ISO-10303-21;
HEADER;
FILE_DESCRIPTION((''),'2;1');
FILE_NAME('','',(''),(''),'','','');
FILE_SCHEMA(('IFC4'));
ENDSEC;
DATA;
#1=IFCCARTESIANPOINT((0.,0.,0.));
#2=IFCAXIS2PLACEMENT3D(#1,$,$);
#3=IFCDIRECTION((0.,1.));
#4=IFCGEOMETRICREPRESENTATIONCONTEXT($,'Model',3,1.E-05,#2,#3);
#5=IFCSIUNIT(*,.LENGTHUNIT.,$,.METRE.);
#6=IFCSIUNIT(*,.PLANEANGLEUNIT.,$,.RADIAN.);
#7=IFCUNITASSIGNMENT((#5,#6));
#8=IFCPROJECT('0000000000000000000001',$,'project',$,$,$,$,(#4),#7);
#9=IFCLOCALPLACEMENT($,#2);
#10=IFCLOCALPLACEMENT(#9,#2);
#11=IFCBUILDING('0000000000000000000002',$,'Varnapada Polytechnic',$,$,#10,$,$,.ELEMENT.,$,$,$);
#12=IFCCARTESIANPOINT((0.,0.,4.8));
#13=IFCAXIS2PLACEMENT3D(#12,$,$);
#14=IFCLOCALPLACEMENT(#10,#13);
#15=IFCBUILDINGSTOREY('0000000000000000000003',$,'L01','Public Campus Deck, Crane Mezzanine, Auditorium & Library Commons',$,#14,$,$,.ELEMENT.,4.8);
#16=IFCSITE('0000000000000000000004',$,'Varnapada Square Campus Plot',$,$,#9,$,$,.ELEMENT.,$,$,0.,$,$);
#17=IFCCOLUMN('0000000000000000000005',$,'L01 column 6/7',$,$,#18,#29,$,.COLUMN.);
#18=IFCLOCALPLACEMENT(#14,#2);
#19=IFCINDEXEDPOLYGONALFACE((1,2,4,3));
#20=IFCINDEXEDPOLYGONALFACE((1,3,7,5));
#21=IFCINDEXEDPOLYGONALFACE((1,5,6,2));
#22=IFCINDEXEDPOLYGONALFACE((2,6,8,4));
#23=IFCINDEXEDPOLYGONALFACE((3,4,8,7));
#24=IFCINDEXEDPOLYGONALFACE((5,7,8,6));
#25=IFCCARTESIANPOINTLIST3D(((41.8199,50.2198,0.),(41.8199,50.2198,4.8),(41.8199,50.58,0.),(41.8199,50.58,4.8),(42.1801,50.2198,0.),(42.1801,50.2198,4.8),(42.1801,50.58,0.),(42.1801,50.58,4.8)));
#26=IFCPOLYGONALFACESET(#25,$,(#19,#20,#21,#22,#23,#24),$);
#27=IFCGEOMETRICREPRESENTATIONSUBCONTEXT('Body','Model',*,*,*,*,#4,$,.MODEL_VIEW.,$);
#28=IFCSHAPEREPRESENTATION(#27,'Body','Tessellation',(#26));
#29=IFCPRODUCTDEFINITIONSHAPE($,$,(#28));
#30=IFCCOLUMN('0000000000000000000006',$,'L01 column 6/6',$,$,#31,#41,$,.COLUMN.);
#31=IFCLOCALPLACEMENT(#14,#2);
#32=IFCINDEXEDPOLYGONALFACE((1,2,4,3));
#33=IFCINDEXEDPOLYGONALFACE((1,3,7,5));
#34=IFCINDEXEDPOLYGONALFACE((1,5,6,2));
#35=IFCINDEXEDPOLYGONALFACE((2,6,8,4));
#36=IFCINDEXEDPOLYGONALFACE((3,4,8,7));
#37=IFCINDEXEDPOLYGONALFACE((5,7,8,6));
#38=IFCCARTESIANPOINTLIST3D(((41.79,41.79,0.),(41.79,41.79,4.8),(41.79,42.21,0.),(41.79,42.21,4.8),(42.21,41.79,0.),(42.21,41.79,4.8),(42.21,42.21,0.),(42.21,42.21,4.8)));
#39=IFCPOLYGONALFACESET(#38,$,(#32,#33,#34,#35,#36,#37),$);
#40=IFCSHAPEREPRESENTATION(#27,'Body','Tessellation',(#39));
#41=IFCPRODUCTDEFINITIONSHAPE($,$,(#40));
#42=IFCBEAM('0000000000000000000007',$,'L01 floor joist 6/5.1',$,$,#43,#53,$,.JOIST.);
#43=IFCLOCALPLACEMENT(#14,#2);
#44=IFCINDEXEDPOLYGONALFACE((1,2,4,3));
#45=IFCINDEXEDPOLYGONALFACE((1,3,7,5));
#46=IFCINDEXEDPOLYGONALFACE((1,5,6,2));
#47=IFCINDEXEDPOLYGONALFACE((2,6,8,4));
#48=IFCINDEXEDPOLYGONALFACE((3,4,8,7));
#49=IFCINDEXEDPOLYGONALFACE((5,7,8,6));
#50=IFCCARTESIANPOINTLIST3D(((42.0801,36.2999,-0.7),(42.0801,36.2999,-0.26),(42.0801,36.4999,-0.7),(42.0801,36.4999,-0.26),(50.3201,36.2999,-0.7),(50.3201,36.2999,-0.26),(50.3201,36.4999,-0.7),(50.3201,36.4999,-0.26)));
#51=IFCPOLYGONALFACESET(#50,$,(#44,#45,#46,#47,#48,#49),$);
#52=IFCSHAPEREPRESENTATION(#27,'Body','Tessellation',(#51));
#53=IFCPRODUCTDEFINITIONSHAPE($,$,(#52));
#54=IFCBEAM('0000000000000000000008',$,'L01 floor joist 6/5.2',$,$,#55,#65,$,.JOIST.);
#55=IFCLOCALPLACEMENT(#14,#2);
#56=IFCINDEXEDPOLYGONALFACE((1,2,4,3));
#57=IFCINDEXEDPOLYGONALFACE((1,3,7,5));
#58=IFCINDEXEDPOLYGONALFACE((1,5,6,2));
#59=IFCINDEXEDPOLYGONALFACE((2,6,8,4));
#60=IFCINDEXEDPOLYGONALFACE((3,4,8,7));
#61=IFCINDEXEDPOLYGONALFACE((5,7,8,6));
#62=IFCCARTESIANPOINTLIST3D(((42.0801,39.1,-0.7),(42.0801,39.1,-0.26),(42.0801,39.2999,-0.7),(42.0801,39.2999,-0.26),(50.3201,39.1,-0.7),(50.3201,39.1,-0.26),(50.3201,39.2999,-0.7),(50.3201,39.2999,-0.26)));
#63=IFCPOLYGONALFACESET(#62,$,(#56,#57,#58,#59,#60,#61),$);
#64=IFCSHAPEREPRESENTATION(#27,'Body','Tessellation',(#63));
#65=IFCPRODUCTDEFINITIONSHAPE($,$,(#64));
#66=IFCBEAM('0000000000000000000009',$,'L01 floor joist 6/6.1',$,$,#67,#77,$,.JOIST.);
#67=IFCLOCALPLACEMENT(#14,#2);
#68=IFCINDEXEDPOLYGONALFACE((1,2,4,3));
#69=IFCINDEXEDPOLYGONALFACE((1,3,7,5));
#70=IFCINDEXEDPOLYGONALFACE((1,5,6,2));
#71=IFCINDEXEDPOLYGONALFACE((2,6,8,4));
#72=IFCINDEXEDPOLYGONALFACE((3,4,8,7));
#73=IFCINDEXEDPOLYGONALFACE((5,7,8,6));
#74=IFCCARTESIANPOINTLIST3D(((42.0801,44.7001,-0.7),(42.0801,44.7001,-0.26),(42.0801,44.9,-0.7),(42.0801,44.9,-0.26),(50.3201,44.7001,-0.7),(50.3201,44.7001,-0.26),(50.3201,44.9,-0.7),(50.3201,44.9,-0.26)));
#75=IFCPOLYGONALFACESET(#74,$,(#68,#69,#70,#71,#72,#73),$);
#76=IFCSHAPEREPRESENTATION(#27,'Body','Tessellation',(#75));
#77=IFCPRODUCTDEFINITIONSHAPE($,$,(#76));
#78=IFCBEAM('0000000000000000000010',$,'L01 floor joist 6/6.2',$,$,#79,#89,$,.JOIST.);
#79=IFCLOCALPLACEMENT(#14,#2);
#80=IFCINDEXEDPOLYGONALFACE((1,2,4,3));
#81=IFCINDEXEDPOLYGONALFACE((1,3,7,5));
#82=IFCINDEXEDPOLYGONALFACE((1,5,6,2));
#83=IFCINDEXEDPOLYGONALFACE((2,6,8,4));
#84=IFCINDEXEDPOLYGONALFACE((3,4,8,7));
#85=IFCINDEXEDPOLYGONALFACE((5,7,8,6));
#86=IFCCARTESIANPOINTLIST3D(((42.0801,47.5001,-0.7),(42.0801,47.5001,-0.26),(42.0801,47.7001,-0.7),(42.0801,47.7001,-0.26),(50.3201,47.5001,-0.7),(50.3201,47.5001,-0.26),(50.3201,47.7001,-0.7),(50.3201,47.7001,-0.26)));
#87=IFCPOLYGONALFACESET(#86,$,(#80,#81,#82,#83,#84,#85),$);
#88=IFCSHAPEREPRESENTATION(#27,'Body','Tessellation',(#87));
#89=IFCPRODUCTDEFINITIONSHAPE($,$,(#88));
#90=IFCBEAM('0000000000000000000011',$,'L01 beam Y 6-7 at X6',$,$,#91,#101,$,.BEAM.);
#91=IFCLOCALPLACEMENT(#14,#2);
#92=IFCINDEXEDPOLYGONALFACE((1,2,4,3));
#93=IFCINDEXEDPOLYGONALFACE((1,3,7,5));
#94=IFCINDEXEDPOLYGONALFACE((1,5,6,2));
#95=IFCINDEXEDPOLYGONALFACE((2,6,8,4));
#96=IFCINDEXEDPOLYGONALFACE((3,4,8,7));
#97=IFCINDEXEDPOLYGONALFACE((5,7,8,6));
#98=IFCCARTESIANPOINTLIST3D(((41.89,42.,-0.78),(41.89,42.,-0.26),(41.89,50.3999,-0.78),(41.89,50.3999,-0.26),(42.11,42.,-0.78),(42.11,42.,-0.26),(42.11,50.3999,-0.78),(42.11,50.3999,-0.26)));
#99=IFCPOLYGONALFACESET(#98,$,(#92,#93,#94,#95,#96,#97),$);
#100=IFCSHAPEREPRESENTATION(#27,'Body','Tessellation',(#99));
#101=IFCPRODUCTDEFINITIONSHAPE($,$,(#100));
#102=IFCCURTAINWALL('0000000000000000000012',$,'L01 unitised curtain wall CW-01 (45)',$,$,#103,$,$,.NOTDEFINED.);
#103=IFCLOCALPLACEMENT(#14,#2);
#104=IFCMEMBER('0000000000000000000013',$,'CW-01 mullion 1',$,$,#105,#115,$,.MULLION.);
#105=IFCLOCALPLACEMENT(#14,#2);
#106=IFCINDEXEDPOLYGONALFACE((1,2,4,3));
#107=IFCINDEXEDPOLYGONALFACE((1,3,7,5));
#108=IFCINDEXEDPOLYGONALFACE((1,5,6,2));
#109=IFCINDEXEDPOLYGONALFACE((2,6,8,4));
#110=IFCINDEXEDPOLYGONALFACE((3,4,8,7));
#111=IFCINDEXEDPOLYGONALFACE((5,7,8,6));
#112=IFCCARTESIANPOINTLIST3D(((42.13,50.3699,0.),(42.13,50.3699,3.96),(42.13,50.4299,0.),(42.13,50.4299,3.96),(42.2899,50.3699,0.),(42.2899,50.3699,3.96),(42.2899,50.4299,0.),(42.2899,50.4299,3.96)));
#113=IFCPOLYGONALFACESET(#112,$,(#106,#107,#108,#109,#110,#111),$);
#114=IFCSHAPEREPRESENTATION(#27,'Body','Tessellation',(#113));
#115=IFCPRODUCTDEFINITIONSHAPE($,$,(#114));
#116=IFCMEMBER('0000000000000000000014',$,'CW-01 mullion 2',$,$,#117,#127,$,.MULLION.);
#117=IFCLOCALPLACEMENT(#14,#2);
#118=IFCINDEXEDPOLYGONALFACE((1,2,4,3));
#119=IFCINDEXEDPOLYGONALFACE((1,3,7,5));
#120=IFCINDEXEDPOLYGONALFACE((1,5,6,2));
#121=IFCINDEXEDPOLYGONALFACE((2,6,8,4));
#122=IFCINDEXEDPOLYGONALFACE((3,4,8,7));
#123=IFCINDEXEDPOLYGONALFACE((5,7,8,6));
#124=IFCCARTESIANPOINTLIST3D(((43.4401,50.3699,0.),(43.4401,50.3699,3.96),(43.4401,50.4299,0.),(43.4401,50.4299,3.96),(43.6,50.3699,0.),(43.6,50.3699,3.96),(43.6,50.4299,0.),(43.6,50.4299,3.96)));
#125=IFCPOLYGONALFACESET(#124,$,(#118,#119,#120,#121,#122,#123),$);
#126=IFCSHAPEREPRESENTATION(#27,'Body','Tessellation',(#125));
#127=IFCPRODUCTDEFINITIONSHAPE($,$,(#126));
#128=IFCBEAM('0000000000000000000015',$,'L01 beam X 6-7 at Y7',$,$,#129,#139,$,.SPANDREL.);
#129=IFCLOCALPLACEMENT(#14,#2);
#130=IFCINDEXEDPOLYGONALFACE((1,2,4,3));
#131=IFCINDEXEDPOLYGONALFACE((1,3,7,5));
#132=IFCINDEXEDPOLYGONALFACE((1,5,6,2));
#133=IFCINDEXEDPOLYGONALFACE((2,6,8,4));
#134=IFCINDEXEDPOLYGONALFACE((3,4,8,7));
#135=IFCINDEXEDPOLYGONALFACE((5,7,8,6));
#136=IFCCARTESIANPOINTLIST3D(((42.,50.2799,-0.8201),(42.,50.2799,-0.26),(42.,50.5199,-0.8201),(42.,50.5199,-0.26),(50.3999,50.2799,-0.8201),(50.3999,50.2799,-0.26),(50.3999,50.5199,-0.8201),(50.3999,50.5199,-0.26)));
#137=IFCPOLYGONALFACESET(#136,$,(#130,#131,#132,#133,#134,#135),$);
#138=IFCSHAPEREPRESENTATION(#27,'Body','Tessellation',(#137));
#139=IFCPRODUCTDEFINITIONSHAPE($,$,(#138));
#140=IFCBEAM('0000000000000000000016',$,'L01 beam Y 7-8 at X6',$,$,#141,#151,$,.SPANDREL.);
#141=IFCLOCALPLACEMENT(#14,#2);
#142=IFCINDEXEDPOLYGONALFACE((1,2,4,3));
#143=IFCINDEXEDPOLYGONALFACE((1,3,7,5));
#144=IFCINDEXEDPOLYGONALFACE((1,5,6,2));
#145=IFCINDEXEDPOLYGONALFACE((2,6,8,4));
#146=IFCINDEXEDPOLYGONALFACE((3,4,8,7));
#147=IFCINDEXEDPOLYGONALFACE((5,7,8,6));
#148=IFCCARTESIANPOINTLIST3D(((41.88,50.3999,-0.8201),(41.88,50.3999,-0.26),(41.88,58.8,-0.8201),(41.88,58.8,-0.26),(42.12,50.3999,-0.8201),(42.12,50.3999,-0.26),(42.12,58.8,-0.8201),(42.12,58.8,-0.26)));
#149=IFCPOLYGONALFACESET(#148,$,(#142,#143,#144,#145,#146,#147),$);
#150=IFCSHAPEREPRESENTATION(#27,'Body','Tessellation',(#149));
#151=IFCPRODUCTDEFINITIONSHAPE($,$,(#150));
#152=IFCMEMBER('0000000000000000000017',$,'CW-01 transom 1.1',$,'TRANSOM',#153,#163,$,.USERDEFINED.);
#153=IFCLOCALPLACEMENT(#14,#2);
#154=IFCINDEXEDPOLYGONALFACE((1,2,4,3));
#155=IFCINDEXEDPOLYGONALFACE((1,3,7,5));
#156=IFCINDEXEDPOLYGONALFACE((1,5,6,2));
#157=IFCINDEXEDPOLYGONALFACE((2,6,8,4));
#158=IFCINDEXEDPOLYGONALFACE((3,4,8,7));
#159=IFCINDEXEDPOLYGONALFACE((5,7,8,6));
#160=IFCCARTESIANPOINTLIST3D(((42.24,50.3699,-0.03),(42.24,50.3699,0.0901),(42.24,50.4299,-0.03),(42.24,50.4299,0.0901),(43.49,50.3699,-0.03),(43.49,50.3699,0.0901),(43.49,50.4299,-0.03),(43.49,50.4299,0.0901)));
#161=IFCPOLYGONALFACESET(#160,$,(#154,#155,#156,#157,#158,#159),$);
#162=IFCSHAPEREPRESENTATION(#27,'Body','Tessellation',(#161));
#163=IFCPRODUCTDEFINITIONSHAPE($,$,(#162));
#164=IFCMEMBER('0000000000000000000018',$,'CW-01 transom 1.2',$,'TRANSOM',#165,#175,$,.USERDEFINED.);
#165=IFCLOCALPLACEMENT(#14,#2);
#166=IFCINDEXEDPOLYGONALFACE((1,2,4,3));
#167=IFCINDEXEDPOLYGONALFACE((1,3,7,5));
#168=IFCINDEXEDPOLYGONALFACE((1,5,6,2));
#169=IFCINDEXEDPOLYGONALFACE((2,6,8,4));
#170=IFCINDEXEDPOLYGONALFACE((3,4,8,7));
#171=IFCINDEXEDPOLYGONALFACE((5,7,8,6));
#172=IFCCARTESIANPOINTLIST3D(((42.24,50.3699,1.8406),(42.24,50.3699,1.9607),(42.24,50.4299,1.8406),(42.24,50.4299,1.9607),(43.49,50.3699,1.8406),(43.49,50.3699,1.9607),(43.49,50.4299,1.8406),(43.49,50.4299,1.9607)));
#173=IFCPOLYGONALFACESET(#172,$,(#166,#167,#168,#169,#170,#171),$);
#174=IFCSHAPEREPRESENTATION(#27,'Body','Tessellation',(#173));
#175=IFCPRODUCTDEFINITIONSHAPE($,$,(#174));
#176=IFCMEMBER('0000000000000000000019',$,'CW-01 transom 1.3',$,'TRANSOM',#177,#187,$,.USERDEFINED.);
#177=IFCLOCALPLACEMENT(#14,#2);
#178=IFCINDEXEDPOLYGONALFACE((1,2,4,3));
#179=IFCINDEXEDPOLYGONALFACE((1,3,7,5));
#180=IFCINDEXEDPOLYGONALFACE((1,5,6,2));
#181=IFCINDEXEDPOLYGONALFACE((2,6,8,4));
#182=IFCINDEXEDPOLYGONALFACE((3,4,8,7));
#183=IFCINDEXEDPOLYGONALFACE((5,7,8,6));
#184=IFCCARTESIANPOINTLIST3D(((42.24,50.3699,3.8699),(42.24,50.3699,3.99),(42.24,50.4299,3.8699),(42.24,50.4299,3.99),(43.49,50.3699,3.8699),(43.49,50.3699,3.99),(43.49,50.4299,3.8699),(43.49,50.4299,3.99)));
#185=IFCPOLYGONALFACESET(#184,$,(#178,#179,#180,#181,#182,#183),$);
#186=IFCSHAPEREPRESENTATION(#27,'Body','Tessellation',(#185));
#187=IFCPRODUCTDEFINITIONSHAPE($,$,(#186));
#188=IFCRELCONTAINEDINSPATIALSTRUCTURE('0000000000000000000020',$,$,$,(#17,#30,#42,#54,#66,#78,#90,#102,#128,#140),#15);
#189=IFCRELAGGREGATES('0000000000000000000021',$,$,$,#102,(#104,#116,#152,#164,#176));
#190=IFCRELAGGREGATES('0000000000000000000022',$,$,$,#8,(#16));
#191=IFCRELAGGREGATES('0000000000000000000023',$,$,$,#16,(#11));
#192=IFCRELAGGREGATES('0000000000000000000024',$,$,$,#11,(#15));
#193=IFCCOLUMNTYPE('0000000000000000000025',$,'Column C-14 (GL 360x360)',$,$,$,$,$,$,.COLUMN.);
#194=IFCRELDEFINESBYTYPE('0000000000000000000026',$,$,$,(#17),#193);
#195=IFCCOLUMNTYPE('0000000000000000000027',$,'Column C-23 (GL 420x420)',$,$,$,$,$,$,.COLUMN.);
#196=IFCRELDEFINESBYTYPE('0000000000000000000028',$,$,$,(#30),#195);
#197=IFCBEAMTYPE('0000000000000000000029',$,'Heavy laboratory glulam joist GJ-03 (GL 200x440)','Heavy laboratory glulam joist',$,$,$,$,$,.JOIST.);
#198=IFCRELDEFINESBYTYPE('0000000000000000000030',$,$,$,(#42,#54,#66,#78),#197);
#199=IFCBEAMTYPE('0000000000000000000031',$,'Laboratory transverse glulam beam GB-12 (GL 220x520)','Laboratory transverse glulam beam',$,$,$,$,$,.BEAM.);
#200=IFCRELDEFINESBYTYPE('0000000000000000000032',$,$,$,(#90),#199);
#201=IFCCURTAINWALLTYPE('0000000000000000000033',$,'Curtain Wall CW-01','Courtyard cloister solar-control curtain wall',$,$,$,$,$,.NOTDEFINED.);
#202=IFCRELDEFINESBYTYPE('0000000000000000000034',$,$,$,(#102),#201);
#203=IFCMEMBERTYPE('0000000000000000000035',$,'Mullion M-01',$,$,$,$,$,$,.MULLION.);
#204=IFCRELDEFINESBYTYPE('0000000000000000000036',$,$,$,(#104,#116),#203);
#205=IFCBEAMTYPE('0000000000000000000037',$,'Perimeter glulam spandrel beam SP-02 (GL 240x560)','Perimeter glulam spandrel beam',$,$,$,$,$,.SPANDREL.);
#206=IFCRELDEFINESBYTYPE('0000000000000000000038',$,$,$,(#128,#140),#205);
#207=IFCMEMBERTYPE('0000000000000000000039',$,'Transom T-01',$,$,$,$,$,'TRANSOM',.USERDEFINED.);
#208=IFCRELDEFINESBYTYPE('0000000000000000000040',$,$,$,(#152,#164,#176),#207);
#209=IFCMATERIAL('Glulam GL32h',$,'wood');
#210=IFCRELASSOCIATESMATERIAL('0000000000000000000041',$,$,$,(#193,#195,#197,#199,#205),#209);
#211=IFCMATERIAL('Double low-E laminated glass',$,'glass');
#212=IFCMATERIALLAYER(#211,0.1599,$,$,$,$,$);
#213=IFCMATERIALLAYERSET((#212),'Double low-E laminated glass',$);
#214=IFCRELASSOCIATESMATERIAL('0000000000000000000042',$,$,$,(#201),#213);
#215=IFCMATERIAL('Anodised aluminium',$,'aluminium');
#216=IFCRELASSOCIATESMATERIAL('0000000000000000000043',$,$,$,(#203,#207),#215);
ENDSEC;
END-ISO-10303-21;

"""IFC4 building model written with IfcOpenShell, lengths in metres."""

from ifc_helpers import new_model, si_unit, direction, frame, origin, origin_2d, place, context, subcontext, project, spatial, rectangle, extrude, material, layer, layer_set, material_profile, profile_set, type_object, element, aggregate, save


model = new_model("IFC4")

# Units and contexts
model_context = context("Model", 3, precision=1e-05, world=origin(), true_north=direction((0.0, 1.0)))
body_context = subcontext(model_context, "Body", "Model", "MODEL_VIEW")
ifc_project = project(units=[si_unit("LENGTHUNIT", "METRE"), si_unit("PLANEANGLEUNIT", "RADIAN")], contexts=[model_context])

# Site, building, storey
site_placement = place(None, origin())
site = spatial("IfcSite", under=ifc_project, at=site_placement, Name="Varnapada Square Campus Plot", CompositionType="ELEMENT", RefElevation=0.0)
building_placement = place(site_placement, origin())
building = spatial("IfcBuilding", under=site, at=building_placement, Name="Varnapada Polytechnic", CompositionType="ELEMENT")
storey_placement = place(building_placement, frame((0.0, 0.0, 4.8)))
storey = spatial("IfcBuildingStorey", under=building, at=storey_placement, Name="L01", Description="Public Campus Deck, Crane Mezzanine, Auditorium & Library Commons", CompositionType="ELEMENT", Elevation=4.8)

# Columns
ifc_material_1 = material(Name="Glulam GL32h", Category="wood")
ifc_material_profile_1 = material_profile(ifc_material_1, rectangle(XDim=0.3601, YDim=0.3601, at=origin_2d()), Name="GL 360x360")
ifc_profile_set_1 = profile_set([ifc_material_profile_1], Name="Glulam GL32h")
column_type_1 = type_object("IfcColumnType", Name="Column C-14 (GL 360x360)", PredefinedType="COLUMN", material=ifc_profile_set_1)
column_1_placement = place(storey_placement, frame((42.0, 50.3999, 0.0), z_axis=(0.0, 0.0, 1.0), x_axis=(1.0, 0.0, 0.0)))
element("IfcColumn", 1, at=column_1_placement, inside=storey, type_object=column_type_1, Name="L01 column 6/7", PredefinedType="COLUMN", context=body_context, shape_type="SweptSolid", body=[
    extrude(rectangle(XDim=0.3601, YDim=0.3601, at=origin_2d()), origin(), (0.0, 0.0, 1.0), 4.8),
])
ifc_material_profile_2 = material_profile(ifc_material_1, rectangle(XDim=0.4199, YDim=0.4199, at=origin_2d()), Name="GL 420x420")
ifc_profile_set_2 = profile_set([ifc_material_profile_2], Name="Glulam GL32h")
column_type_2 = type_object("IfcColumnType", Name="Column C-23 (GL 420x420)", PredefinedType="COLUMN", material=ifc_profile_set_2)
column_2_placement = place(storey_placement, frame((42.0, 42.0, 0.0), z_axis=(0.0, 0.0, 1.0), x_axis=(1.0, 0.0, 0.0)))
element("IfcColumn", 2, at=column_2_placement, inside=storey, type_object=column_type_2, Name="L01 column 6/6", PredefinedType="COLUMN", context=body_context, shape_type="SweptSolid", body=[
    extrude(rectangle(XDim=0.4199, YDim=0.4199, at=origin_2d()), origin(), (0.0, 0.0, 1.0), 4.8),
])

# Beams
ifc_material_profile_3 = material_profile(ifc_material_1, rectangle(XDim=0.2, YDim=0.4399, at=origin_2d()), Name="GL 200x440")
ifc_profile_set_3 = profile_set([ifc_material_profile_3], Name="Glulam GL32h")
beam_type_1 = type_object("IfcBeamType", Name="Heavy laboratory glulam joist GJ-03 (GL 200x440)", Description="Heavy laboratory glulam joist", PredefinedType="JOIST", material=ifc_profile_set_3)
for number, where, z_axis, x_axis, name in (
    (3, (42.0801, 36.3999, -0.48), (1.0, 0.0, 0.0), (0.0, 1.0, 0.0), "L01 floor joist 6/5.1"),
    (4, (42.0801, 39.2, -0.48), (1.0, 0.0, 0.0), (0.0, 1.0, 0.0), "L01 floor joist 6/5.2"),
    (5, (42.0801, 44.8, -0.48), (1.0, 0.0, 0.0), (0.0, 1.0, 0.0), "L01 floor joist 6/6.1"),
    (6, (42.0801, 47.6001, -0.48), (1.0, 0.0, 0.0), (0.0, 1.0, 0.0), "L01 floor joist 6/6.2"),
):
    element("IfcBeam", number, at=place(storey_placement, frame(where, z_axis=z_axis, x_axis=x_axis)), inside=storey, type_object=beam_type_1, Name=name, PredefinedType="JOIST", context=body_context, shape_type="SweptSolid", body=[
        extrude(rectangle(XDim=0.2, YDim=0.4399, at=origin_2d()), origin(), (0.0, 0.0, 1.0), 8.24),
    ])
ifc_material_profile_4 = material_profile(ifc_material_1, rectangle(XDim=0.22, YDim=0.52, at=origin_2d()), Name="GL 220x520")
ifc_profile_set_4 = profile_set([ifc_material_profile_4], Name="Glulam GL32h")
beam_type_2 = type_object("IfcBeamType", Name="Laboratory transverse glulam beam GB-12 (GL 220x520)", Description="Laboratory transverse glulam beam", PredefinedType="BEAM", material=ifc_profile_set_4)
beam_1_placement = place(storey_placement, frame((42.0, 42.0, -0.52), z_axis=(0.0, 1.0, 0.0), x_axis=(-1.0, 0.0, 0.0)))
element("IfcBeam", 7, at=beam_1_placement, inside=storey, type_object=beam_type_2, Name="L01 beam Y 6-7 at X6", PredefinedType="BEAM", context=body_context, shape_type="SweptSolid", body=[
    extrude(rectangle(XDim=0.22, YDim=0.52, at=origin_2d()), origin(), (0.0, 0.0, 1.0), 8.3999),
])

# Curtain wall, members
ifc_material_2 = material(Name="Double low-E laminated glass", Category="glass")
ifc_layer_1 = layer(ifc_material_2, 0.1599)
ifc_layer_set_1 = layer_set([ifc_layer_1], Name="Double low-E laminated glass")
curtain_wall_type = type_object("IfcCurtainWallType", Name="Curtain Wall CW-01", Description="Courtyard cloister solar-control curtain wall", PredefinedType="NOTDEFINED", material=ifc_layer_set_1)
curtain_wall_placement = place(storey_placement, origin())
curtain_wall = element("IfcCurtainWall", 8, at=curtain_wall_placement, inside=storey, type_object=curtain_wall_type, Name="L01 unitised curtain wall CW-01 (45)", PredefinedType="NOTDEFINED")
ifc_material_3 = material(Name="Anodised aluminium", Category="aluminium")
ifc_material_profile_5 = material_profile(ifc_material_3, rectangle(XDim=0.0601, YDim=0.1599, at=origin_2d()), Name="ALU M60x160")
ifc_profile_set_5 = profile_set([ifc_material_profile_5], Name="Anodised aluminium")
member_type_1 = type_object("IfcMemberType", Name="Mullion M-01", PredefinedType="MULLION", material=ifc_profile_set_5)
member_1_placement = place(storey_placement, frame((42.21, 50.3999, 0.0), z_axis=(0.0, 0.0, 1.0), x_axis=(0.0, 1.0, 0.0)))
member_1 = element("IfcMember", 9, at=member_1_placement, type_object=member_type_1, Name="CW-01 mullion 1", PredefinedType="MULLION", context=body_context, shape_type="SweptSolid", body=[
    extrude(rectangle(XDim=0.0601, YDim=0.1599, at=origin_2d()), origin(), (0.0, 0.0, 1.0), 3.96),
])
member_2_placement = place(storey_placement, frame((43.52, 50.3999, 0.0), z_axis=(0.0, 0.0, 1.0), x_axis=(0.0, 1.0, 0.0)))
member_2 = element("IfcMember", 10, at=member_2_placement, type_object=member_type_1, Name="CW-01 mullion 2", PredefinedType="MULLION", context=body_context, shape_type="SweptSolid", body=[
    extrude(rectangle(XDim=0.0601, YDim=0.1599, at=origin_2d()), origin(), (0.0, 0.0, 1.0), 3.96),
])

# Beams
ifc_material_profile_6 = material_profile(ifc_material_1, rectangle(XDim=0.24, YDim=0.5601, at=origin_2d()), Name="GL 240x560")
ifc_profile_set_6 = profile_set([ifc_material_profile_6], Name="Glulam GL32h")
beam_type_3 = type_object("IfcBeamType", Name="Perimeter glulam spandrel beam SP-02 (GL 240x560)", Description="Perimeter glulam spandrel beam", PredefinedType="SPANDREL", material=ifc_profile_set_6)
beam_2_placement = place(storey_placement, frame((42.0, 50.3999, -0.54), z_axis=(1.0, 0.0, 0.0), x_axis=(0.0, 1.0, 0.0)))
element("IfcBeam", 11, at=beam_2_placement, inside=storey, type_object=beam_type_3, Name="L01 beam X 6-7 at Y7", PredefinedType="SPANDREL", context=body_context, shape_type="SweptSolid", body=[
    extrude(rectangle(XDim=0.24, YDim=0.5601, at=origin_2d()), origin(), (0.0, 0.0, 1.0), 8.3999),
])
beam_3_placement = place(storey_placement, frame((42.0, 50.3999, -0.54), z_axis=(0.0, 1.0, 0.0), x_axis=(-1.0, 0.0, 0.0)))
element("IfcBeam", 12, at=beam_3_placement, inside=storey, type_object=beam_type_3, Name="L01 beam Y 7-8 at X6", PredefinedType="SPANDREL", context=body_context, shape_type="SweptSolid", body=[
    extrude(rectangle(XDim=0.24, YDim=0.5601, at=origin_2d()), origin(), (0.0, 0.0, 1.0), 8.4001),
])

# Members
ifc_material_profile_7 = material_profile(ifc_material_3, rectangle(XDim=0.0601, YDim=0.1201, at=origin_2d()), Name="ALU T60x120")
ifc_profile_set_7 = profile_set([ifc_material_profile_7], Name="Anodised aluminium")
member_type_2 = type_object("IfcMemberType", Name="Transom T-01", ElementType="TRANSOM", PredefinedType="USERDEFINED", material=ifc_profile_set_7)
member_3_placement = place(storey_placement, frame((42.24, 50.3999, 0.03), z_axis=(1.0, 0.0, 0.0), x_axis=(0.0, 1.0, 0.0)))
member_3 = element("IfcMember", 13, at=member_3_placement, type_object=member_type_2, Name="CW-01 transom 1.1", ObjectType="TRANSOM", PredefinedType="USERDEFINED", context=body_context, shape_type="SweptSolid", body=[
    extrude(rectangle(XDim=0.0601, YDim=0.1201, at=origin_2d()), origin(), (0.0, 0.0, 1.0), 1.25),
])
member_4_placement = place(storey_placement, frame((42.24, 50.3999, 1.9006), z_axis=(1.0, 0.0, 0.0), x_axis=(0.0, 1.0, 0.0)))
member_4 = element("IfcMember", 14, at=member_4_placement, type_object=member_type_2, Name="CW-01 transom 1.2", ObjectType="TRANSOM", PredefinedType="USERDEFINED", context=body_context, shape_type="SweptSolid", body=[
    extrude(rectangle(XDim=0.0601, YDim=0.1201, at=origin_2d()), origin(), (0.0, 0.0, 1.0), 1.25),
])
member_5_placement = place(storey_placement, frame((42.24, 50.3999, 3.9299), z_axis=(1.0, 0.0, 0.0), x_axis=(0.0, 1.0, 0.0)))
member_5 = element("IfcMember", 15, at=member_5_placement, type_object=member_type_2, Name="CW-01 transom 1.3", ObjectType="TRANSOM", PredefinedType="USERDEFINED", context=body_context, shape_type="SweptSolid", body=[
    extrude(rectangle(XDim=0.0601, YDim=0.1201, at=origin_2d()), origin(), (0.0, 0.0, 1.0), 1.25),
])

aggregate(curtain_wall, [member_1, member_2, member_3, member_4, member_5])

save(model, "model.ifc")
